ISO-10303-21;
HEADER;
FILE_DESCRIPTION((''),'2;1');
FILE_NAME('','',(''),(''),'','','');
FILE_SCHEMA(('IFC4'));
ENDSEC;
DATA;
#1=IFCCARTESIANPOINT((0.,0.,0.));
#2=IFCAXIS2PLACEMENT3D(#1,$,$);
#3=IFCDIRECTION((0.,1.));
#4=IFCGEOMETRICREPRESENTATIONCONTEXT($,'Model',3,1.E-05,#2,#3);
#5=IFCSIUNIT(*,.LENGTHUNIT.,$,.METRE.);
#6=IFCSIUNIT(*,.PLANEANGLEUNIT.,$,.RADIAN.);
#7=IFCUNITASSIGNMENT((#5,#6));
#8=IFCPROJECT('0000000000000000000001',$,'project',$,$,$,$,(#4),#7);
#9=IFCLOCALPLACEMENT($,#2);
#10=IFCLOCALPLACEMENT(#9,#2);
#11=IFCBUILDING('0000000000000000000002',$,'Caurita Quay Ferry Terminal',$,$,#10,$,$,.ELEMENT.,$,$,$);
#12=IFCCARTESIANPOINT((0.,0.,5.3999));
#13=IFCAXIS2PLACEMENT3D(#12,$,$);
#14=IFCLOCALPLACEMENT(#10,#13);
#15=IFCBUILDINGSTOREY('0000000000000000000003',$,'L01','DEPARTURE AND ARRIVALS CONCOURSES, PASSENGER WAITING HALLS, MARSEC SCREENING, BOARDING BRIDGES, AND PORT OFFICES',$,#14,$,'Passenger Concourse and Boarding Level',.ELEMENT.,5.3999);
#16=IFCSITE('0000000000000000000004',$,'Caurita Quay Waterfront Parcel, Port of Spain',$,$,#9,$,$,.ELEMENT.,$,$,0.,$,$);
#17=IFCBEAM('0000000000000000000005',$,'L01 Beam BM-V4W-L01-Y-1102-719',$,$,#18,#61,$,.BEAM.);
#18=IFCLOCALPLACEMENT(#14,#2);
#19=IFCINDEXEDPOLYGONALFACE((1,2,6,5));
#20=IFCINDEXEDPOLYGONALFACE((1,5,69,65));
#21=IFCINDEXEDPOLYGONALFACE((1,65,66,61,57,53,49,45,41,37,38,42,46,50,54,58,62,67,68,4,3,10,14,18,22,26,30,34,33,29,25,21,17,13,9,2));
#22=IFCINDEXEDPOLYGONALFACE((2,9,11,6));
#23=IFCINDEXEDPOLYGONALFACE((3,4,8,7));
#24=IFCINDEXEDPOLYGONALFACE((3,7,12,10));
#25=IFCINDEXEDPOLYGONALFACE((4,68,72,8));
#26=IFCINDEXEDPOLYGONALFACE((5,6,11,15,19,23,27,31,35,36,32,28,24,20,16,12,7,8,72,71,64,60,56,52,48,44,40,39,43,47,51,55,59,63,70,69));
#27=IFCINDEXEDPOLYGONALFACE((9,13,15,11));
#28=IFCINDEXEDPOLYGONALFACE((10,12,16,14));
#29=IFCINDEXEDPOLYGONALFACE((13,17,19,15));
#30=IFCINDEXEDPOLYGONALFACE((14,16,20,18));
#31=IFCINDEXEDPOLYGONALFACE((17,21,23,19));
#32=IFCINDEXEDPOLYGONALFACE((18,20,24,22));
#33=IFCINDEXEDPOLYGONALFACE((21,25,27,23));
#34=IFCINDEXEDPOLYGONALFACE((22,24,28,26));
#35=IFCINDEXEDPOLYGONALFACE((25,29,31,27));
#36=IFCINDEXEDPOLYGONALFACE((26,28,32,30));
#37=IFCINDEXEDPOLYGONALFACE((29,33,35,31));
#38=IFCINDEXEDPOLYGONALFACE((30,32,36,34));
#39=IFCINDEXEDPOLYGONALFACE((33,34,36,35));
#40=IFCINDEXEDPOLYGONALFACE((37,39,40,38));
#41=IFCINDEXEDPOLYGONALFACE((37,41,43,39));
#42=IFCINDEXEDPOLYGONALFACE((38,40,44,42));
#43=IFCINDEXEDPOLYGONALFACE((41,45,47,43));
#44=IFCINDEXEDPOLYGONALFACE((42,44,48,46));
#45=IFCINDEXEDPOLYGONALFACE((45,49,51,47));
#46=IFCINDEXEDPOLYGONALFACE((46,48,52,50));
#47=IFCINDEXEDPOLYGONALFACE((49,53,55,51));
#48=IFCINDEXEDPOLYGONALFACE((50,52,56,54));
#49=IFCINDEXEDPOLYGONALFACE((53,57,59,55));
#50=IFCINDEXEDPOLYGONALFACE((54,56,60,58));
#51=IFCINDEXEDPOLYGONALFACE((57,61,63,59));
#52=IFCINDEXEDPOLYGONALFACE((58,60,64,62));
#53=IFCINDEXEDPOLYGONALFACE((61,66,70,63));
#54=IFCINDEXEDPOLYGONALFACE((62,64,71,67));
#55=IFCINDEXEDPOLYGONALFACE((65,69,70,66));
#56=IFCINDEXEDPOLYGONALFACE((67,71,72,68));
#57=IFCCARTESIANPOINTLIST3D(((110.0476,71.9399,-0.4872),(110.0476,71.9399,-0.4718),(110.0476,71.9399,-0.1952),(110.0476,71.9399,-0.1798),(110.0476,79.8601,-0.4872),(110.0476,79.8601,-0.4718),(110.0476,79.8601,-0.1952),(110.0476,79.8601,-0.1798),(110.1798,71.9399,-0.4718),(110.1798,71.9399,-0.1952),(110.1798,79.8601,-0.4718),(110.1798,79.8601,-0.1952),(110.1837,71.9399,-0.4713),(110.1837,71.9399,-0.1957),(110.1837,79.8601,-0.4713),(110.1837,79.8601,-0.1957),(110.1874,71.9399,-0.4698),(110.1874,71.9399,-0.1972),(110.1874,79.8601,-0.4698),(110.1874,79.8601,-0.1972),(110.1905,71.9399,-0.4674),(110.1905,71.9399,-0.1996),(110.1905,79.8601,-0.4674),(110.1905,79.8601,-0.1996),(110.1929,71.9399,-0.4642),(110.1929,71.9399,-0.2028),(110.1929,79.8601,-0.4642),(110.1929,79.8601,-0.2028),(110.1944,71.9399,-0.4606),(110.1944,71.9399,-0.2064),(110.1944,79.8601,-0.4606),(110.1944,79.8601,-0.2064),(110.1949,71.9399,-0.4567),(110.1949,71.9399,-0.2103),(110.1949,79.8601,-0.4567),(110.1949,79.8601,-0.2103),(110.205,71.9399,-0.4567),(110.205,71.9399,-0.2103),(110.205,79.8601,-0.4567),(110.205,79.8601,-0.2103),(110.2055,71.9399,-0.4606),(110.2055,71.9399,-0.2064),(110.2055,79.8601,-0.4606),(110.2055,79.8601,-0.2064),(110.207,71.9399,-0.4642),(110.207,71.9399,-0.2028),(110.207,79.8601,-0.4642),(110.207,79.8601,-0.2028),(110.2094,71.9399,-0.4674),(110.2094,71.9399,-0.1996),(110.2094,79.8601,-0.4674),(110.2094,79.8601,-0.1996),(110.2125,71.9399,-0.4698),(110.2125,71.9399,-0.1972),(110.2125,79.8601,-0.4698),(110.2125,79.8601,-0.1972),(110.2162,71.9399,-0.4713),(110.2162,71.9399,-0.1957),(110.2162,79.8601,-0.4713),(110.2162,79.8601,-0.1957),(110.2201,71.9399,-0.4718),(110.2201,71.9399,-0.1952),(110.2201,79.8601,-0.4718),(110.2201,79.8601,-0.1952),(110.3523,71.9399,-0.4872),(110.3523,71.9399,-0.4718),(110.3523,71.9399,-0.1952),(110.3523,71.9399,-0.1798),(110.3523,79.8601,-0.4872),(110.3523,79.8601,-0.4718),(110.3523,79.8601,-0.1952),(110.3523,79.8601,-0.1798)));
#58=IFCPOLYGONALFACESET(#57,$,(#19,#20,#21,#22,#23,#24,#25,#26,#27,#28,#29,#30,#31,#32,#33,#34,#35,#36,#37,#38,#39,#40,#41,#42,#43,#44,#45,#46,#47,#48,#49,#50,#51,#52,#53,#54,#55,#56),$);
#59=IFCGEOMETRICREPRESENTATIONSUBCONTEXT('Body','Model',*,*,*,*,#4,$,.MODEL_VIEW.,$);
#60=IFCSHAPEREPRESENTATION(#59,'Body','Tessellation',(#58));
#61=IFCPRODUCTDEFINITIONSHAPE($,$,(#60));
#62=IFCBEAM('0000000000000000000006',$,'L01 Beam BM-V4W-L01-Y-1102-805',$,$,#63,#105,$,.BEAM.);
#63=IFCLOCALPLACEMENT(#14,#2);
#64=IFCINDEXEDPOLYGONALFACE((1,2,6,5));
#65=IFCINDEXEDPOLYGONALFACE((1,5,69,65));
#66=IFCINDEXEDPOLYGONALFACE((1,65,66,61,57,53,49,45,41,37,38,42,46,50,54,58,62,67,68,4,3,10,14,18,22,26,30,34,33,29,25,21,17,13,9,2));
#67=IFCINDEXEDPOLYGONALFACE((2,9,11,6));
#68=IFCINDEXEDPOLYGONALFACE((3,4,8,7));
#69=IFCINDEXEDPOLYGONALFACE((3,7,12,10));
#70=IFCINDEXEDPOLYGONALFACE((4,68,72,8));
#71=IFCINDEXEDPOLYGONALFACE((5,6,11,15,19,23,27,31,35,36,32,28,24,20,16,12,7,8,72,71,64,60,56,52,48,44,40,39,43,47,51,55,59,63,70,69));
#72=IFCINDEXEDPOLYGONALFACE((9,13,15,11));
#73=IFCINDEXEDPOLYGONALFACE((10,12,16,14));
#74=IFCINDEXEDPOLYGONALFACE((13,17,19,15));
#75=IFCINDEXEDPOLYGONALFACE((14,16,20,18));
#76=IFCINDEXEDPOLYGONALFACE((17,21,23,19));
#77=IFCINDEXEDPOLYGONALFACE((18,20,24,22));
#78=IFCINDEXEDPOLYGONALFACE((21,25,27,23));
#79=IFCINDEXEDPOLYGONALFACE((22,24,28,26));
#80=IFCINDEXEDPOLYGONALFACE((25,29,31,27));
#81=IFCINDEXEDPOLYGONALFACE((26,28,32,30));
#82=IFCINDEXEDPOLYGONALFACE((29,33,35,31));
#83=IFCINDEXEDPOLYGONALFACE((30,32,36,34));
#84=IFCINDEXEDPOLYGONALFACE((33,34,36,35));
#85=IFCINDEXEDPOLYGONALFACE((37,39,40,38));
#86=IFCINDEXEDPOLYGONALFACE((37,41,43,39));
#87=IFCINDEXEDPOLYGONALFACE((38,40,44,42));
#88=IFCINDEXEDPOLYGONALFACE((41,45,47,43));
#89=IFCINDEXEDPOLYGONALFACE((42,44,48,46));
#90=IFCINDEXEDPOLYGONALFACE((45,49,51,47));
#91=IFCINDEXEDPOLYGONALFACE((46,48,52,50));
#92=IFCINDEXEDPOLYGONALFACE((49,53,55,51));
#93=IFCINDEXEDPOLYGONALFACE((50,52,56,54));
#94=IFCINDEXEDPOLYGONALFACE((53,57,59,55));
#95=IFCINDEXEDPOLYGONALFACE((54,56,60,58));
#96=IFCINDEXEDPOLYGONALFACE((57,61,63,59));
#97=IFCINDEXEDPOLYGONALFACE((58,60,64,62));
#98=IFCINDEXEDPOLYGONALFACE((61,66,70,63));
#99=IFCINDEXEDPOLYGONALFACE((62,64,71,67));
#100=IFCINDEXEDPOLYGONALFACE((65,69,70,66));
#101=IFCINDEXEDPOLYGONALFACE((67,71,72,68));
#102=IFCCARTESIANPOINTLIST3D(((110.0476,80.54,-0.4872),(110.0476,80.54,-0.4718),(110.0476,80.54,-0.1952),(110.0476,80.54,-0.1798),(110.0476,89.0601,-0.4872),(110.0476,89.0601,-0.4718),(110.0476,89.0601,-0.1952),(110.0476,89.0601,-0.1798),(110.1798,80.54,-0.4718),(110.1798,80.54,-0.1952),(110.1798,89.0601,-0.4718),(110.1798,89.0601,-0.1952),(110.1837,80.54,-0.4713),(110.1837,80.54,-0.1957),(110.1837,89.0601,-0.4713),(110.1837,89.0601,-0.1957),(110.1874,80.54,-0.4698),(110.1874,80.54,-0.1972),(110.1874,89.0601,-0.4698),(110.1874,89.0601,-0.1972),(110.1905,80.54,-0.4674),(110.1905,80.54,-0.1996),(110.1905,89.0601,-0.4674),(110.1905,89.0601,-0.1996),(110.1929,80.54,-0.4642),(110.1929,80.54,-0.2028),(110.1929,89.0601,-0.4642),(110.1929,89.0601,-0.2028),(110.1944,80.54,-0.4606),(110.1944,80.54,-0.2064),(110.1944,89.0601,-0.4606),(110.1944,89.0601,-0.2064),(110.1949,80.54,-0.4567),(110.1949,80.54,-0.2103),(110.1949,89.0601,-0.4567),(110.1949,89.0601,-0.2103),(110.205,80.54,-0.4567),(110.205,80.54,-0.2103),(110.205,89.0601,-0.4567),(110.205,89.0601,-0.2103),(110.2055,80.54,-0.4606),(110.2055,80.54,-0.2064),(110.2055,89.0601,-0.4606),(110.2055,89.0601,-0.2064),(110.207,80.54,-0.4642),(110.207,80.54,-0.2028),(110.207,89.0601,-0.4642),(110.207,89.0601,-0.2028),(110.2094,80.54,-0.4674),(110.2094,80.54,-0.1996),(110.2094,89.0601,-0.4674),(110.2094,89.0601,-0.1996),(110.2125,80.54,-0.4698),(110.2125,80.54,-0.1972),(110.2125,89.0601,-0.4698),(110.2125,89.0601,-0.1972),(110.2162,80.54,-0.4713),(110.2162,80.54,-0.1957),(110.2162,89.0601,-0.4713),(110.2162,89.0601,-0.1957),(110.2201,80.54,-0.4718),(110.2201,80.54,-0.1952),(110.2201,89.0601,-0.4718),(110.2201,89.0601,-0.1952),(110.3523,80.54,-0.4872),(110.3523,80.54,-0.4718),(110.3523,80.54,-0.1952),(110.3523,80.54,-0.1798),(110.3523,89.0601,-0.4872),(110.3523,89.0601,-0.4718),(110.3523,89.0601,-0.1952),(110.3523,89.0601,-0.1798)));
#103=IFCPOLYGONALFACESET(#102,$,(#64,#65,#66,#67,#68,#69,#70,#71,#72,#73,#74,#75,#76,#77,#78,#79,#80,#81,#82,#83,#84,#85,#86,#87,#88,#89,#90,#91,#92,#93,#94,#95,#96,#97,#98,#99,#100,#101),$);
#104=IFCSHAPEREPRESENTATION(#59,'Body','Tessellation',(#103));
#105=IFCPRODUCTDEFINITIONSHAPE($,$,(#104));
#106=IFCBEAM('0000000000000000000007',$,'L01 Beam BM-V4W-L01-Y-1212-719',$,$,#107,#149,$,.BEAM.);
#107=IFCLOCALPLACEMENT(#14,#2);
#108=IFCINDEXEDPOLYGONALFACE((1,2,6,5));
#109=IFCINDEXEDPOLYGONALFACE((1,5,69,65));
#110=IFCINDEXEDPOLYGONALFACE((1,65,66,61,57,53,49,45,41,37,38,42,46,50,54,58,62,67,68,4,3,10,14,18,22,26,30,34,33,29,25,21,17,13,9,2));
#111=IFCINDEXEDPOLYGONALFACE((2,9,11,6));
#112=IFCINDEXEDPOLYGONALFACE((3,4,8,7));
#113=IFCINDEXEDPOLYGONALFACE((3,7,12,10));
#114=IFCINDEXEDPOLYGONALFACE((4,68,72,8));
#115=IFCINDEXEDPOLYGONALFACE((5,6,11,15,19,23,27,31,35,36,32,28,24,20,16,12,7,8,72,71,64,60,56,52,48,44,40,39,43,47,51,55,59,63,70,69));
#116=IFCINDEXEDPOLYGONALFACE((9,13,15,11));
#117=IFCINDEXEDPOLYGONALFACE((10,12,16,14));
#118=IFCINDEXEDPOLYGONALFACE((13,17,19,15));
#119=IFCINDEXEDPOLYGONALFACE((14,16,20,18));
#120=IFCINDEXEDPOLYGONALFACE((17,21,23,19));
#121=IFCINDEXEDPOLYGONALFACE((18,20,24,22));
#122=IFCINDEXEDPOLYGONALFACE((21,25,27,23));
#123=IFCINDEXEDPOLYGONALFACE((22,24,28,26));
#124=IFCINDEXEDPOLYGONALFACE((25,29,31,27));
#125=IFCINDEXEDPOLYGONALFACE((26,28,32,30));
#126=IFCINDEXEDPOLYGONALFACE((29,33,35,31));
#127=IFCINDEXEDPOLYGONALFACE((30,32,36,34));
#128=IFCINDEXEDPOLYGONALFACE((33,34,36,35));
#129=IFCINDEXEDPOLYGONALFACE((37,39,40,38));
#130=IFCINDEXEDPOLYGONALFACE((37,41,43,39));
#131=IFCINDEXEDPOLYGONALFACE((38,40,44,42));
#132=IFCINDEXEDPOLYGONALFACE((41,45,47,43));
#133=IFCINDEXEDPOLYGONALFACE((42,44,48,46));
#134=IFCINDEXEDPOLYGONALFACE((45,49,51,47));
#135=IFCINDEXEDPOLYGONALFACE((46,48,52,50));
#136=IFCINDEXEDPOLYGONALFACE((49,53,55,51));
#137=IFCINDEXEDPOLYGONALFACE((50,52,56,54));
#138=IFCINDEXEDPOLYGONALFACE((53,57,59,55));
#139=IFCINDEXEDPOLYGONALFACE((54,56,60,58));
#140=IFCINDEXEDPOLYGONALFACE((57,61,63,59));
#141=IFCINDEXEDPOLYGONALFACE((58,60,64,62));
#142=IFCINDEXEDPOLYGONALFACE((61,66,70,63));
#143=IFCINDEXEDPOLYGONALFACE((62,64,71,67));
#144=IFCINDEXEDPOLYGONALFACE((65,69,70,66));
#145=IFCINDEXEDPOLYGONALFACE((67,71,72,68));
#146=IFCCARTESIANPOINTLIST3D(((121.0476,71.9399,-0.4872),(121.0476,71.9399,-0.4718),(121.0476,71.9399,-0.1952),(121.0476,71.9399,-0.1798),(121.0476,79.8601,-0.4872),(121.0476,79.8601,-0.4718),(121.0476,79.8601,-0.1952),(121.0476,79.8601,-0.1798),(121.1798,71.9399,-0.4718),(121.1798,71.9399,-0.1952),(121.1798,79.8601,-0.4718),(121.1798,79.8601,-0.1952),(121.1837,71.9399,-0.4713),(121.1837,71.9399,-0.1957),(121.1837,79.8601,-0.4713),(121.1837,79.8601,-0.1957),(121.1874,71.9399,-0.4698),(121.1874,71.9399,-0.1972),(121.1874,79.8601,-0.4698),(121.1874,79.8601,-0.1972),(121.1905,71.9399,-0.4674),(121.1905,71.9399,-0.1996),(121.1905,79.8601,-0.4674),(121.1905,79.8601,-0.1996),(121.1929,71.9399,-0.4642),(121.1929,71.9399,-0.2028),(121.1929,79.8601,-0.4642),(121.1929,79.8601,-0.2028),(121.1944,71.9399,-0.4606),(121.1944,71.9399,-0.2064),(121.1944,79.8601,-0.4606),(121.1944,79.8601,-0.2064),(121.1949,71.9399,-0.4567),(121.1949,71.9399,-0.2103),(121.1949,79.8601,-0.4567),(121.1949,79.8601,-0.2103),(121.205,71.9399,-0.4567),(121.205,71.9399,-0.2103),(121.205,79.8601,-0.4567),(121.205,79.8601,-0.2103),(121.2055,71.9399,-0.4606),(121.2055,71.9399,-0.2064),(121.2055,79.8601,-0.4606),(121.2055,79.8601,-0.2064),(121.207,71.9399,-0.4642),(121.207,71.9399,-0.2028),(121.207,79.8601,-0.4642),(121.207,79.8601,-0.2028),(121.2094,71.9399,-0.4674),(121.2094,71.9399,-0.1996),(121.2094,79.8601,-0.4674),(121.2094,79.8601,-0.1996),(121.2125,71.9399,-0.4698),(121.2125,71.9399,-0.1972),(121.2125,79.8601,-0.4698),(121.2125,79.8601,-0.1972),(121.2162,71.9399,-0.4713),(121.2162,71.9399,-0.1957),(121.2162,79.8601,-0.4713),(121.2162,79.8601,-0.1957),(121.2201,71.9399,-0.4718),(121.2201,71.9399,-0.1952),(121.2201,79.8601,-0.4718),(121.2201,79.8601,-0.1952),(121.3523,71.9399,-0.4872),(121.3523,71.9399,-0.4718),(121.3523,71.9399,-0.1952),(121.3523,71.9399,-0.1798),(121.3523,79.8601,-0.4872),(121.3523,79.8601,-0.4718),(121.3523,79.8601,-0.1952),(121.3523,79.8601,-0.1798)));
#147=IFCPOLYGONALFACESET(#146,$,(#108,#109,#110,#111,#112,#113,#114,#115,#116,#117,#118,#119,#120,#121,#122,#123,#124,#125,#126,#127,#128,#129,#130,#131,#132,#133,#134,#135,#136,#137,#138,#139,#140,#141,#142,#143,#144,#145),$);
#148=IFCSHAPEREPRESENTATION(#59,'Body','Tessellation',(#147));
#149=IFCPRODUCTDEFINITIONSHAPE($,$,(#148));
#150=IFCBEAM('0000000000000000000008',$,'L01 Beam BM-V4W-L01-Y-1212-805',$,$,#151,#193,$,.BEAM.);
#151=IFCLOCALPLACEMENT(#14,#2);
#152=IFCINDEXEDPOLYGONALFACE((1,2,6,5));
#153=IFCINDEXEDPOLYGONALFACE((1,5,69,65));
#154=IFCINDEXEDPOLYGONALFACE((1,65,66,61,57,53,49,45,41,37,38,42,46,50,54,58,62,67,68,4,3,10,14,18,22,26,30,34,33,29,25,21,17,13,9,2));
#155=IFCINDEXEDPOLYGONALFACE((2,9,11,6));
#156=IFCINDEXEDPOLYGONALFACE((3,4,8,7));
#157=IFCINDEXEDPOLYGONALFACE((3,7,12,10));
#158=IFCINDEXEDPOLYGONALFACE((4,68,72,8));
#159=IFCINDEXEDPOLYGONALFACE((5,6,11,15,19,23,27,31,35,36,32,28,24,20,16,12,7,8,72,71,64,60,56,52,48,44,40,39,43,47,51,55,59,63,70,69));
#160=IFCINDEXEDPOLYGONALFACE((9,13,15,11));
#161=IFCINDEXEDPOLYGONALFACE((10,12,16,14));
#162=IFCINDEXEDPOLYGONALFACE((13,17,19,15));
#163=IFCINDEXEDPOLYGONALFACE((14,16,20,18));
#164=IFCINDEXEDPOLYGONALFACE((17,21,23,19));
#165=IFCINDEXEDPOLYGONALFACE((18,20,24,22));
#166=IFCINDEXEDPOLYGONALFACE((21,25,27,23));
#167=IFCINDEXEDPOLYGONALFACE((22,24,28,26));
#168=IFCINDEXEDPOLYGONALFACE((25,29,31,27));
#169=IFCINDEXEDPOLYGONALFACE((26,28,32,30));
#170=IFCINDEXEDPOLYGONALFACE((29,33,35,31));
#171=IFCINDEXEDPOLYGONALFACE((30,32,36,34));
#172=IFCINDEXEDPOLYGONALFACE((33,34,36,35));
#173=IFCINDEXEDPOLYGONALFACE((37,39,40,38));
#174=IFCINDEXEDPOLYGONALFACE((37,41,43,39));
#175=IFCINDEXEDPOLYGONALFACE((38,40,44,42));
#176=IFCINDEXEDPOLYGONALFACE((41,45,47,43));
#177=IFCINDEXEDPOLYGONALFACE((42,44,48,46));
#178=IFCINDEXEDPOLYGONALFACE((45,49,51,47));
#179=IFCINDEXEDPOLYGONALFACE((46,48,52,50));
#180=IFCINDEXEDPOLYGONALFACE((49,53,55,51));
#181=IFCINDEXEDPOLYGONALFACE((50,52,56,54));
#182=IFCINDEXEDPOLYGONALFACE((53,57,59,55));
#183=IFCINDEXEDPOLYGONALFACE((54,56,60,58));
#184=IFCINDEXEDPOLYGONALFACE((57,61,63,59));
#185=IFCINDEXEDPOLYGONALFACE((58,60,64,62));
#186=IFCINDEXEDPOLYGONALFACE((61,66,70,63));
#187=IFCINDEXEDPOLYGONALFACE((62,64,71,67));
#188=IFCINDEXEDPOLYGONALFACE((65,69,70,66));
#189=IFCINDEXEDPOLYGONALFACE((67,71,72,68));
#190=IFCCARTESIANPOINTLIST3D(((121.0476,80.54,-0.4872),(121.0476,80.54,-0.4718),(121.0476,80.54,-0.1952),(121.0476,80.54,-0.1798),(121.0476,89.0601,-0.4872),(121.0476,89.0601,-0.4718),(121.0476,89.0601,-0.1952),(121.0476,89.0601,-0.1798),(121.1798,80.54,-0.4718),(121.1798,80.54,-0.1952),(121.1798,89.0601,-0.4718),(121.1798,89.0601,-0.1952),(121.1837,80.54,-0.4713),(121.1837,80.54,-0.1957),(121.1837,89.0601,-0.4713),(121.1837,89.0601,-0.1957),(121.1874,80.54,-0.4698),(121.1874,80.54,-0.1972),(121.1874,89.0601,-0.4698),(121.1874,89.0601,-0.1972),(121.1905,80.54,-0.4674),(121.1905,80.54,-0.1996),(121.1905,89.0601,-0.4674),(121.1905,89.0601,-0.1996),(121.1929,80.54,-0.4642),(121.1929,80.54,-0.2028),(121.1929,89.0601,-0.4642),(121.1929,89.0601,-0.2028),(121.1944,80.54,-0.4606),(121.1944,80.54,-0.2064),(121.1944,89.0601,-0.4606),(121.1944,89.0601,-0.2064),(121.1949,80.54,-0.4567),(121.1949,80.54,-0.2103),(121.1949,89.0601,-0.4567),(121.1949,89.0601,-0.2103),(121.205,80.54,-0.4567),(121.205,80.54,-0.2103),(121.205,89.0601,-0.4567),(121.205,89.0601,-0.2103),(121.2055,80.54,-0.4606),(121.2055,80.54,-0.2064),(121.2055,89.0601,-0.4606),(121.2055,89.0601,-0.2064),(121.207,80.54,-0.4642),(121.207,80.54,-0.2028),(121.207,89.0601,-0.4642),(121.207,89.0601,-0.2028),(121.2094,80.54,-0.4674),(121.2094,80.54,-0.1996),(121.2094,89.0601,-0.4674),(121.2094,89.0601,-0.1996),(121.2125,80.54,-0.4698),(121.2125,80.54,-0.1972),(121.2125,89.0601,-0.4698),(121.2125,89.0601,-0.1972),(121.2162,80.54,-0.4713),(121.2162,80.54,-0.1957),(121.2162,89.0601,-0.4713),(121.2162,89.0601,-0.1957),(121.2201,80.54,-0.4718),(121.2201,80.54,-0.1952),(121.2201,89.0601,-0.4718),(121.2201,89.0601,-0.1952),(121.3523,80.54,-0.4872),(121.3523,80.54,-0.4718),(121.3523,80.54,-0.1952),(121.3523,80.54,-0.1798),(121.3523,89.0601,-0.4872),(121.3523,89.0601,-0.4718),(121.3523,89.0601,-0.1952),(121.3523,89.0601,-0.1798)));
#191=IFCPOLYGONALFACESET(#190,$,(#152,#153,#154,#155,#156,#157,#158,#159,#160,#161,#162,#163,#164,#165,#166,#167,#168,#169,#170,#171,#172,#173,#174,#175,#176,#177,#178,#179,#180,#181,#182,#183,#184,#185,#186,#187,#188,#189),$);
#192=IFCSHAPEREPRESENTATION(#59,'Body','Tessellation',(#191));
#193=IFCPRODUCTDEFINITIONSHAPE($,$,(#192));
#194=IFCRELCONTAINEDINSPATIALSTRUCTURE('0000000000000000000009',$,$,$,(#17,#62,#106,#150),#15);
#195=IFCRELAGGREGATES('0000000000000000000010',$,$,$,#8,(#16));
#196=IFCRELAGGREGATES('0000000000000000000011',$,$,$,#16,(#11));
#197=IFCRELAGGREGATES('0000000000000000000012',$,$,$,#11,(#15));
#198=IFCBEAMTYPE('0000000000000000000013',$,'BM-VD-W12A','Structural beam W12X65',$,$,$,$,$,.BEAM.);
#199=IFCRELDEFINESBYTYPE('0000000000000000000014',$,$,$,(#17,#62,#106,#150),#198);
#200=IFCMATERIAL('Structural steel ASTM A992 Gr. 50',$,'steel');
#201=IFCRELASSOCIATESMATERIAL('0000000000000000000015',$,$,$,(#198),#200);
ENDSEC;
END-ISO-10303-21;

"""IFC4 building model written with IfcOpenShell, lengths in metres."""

from ifc_helpers import new_model, si_unit, direction, frame, origin, origin_2d, place, context, subcontext, project, spatial, i_section, extrude, material, material_profile, profile_set, type_object, element, save


model = new_model("IFC4")

# Units and contexts
model_context = context("Model", 3, precision=1e-05, world=origin(), true_north=direction((0.0, 1.0)))
body_context = subcontext(model_context, "Body", "Model", "MODEL_VIEW")
ifc_project = project(units=[si_unit("LENGTHUNIT", "METRE"), si_unit("PLANEANGLEUNIT", "RADIAN")], contexts=[model_context])

# Site, building, storey
site_placement = place(None, origin())
site = spatial("IfcSite", under=ifc_project, at=site_placement, Name="Caurita Quay Waterfront Parcel, Port of Spain", CompositionType="ELEMENT", RefElevation=0.0)
building_placement = place(site_placement, origin())
building = spatial("IfcBuilding", under=site, at=building_placement, Name="Caurita Quay Ferry Terminal", CompositionType="ELEMENT")
storey_placement = place(building_placement, frame((0.0, 0.0, 5.3999)))
storey = spatial("IfcBuildingStorey", under=building, at=storey_placement, Name="L01", Description="DEPARTURE AND ARRIVALS CONCOURSES, PASSENGER WAITING HALLS, MARSEC SCREENING, BOARDING BRIDGES, AND PORT OFFICES", LongName="Passenger Concourse and Boarding Level", CompositionType="ELEMENT", Elevation=5.3999)

# Beams
ifc_material_1 = material(Name="Structural steel ASTM A992 Gr. 50", Category="steel")
ifc_material_profile_1 = material_profile(ifc_material_1, i_section(OverallWidth=0.3047, OverallDepth=0.3074, WebThickness=0.01, FlangeThickness=0.0154, FilletRadius=0.0151, at=origin_2d()), Name="W12X65")
ifc_profile_set_1 = profile_set([ifc_material_profile_1], Name="Structural steel ASTM A992 Gr. 50")
beam_type_1 = type_object("IfcBeamType", Name="BM-VD-W12A", Description="Structural beam W12X65", PredefinedType="BEAM", material=ifc_profile_set_1)
beam_1_placement = place(storey_placement, frame((110.2, 71.9399, -0.3335), z_axis=(0.0, 1.0, 0.0), x_axis=(-1.0, 0.0, 0.0)))
element("IfcBeam", 1, at=beam_1_placement, inside=storey, type_object=beam_type_1, Name="L01 Beam BM-V4W-L01-Y-1102-719", PredefinedType="BEAM", context=body_context, shape_type="SweptSolid", body=[
    extrude(i_section(OverallWidth=0.3047, OverallDepth=0.3074, WebThickness=0.01, FlangeThickness=0.0154, FilletRadius=0.0151, at=origin_2d()), origin(), (0.0, 0.0, 1.0), 7.9202),
])
beam_2_placement = place(storey_placement, frame((110.2, 80.54, -0.3335), z_axis=(0.0, 1.0, 0.0), x_axis=(-1.0, 0.0, 0.0)))
element("IfcBeam", 2, at=beam_2_placement, inside=storey, type_object=beam_type_1, Name="L01 Beam BM-V4W-L01-Y-1102-805", PredefinedType="BEAM", context=body_context, shape_type="SweptSolid", body=[
    extrude(i_section(OverallWidth=0.3047, OverallDepth=0.3074, WebThickness=0.01, FlangeThickness=0.0154, FilletRadius=0.0151, at=origin_2d()), origin(), (0.0, 0.0, 1.0), 8.52),
])
beam_3_placement = place(storey_placement, frame((121.2, 71.9399, -0.3335), z_axis=(0.0, 1.0, 0.0), x_axis=(-1.0, 0.0, 0.0)))
element("IfcBeam", 3, at=beam_3_placement, inside=storey, type_object=beam_type_1, Name="L01 Beam BM-V4W-L01-Y-1212-719", PredefinedType="BEAM", context=body_context, shape_type="SweptSolid", body=[
    extrude(i_section(OverallWidth=0.3047, OverallDepth=0.3074, WebThickness=0.01, FlangeThickness=0.0154, FilletRadius=0.0151, at=origin_2d()), origin(), (0.0, 0.0, 1.0), 7.9202),
])
beam_4_placement = place(storey_placement, frame((121.2, 80.54, -0.3335), z_axis=(0.0, 1.0, 0.0), x_axis=(-1.0, 0.0, 0.0)))
element("IfcBeam", 4, at=beam_4_placement, inside=storey, type_object=beam_type_1, Name="L01 Beam BM-V4W-L01-Y-1212-805", PredefinedType="BEAM", context=body_context, shape_type="SweptSolid", body=[
    extrude(i_section(OverallWidth=0.3047, OverallDepth=0.3074, WebThickness=0.01, FlangeThickness=0.0154, FilletRadius=0.0151, at=origin_2d()), origin(), (0.0, 0.0, 1.0), 8.52),
])

save(model, "model.ifc")
